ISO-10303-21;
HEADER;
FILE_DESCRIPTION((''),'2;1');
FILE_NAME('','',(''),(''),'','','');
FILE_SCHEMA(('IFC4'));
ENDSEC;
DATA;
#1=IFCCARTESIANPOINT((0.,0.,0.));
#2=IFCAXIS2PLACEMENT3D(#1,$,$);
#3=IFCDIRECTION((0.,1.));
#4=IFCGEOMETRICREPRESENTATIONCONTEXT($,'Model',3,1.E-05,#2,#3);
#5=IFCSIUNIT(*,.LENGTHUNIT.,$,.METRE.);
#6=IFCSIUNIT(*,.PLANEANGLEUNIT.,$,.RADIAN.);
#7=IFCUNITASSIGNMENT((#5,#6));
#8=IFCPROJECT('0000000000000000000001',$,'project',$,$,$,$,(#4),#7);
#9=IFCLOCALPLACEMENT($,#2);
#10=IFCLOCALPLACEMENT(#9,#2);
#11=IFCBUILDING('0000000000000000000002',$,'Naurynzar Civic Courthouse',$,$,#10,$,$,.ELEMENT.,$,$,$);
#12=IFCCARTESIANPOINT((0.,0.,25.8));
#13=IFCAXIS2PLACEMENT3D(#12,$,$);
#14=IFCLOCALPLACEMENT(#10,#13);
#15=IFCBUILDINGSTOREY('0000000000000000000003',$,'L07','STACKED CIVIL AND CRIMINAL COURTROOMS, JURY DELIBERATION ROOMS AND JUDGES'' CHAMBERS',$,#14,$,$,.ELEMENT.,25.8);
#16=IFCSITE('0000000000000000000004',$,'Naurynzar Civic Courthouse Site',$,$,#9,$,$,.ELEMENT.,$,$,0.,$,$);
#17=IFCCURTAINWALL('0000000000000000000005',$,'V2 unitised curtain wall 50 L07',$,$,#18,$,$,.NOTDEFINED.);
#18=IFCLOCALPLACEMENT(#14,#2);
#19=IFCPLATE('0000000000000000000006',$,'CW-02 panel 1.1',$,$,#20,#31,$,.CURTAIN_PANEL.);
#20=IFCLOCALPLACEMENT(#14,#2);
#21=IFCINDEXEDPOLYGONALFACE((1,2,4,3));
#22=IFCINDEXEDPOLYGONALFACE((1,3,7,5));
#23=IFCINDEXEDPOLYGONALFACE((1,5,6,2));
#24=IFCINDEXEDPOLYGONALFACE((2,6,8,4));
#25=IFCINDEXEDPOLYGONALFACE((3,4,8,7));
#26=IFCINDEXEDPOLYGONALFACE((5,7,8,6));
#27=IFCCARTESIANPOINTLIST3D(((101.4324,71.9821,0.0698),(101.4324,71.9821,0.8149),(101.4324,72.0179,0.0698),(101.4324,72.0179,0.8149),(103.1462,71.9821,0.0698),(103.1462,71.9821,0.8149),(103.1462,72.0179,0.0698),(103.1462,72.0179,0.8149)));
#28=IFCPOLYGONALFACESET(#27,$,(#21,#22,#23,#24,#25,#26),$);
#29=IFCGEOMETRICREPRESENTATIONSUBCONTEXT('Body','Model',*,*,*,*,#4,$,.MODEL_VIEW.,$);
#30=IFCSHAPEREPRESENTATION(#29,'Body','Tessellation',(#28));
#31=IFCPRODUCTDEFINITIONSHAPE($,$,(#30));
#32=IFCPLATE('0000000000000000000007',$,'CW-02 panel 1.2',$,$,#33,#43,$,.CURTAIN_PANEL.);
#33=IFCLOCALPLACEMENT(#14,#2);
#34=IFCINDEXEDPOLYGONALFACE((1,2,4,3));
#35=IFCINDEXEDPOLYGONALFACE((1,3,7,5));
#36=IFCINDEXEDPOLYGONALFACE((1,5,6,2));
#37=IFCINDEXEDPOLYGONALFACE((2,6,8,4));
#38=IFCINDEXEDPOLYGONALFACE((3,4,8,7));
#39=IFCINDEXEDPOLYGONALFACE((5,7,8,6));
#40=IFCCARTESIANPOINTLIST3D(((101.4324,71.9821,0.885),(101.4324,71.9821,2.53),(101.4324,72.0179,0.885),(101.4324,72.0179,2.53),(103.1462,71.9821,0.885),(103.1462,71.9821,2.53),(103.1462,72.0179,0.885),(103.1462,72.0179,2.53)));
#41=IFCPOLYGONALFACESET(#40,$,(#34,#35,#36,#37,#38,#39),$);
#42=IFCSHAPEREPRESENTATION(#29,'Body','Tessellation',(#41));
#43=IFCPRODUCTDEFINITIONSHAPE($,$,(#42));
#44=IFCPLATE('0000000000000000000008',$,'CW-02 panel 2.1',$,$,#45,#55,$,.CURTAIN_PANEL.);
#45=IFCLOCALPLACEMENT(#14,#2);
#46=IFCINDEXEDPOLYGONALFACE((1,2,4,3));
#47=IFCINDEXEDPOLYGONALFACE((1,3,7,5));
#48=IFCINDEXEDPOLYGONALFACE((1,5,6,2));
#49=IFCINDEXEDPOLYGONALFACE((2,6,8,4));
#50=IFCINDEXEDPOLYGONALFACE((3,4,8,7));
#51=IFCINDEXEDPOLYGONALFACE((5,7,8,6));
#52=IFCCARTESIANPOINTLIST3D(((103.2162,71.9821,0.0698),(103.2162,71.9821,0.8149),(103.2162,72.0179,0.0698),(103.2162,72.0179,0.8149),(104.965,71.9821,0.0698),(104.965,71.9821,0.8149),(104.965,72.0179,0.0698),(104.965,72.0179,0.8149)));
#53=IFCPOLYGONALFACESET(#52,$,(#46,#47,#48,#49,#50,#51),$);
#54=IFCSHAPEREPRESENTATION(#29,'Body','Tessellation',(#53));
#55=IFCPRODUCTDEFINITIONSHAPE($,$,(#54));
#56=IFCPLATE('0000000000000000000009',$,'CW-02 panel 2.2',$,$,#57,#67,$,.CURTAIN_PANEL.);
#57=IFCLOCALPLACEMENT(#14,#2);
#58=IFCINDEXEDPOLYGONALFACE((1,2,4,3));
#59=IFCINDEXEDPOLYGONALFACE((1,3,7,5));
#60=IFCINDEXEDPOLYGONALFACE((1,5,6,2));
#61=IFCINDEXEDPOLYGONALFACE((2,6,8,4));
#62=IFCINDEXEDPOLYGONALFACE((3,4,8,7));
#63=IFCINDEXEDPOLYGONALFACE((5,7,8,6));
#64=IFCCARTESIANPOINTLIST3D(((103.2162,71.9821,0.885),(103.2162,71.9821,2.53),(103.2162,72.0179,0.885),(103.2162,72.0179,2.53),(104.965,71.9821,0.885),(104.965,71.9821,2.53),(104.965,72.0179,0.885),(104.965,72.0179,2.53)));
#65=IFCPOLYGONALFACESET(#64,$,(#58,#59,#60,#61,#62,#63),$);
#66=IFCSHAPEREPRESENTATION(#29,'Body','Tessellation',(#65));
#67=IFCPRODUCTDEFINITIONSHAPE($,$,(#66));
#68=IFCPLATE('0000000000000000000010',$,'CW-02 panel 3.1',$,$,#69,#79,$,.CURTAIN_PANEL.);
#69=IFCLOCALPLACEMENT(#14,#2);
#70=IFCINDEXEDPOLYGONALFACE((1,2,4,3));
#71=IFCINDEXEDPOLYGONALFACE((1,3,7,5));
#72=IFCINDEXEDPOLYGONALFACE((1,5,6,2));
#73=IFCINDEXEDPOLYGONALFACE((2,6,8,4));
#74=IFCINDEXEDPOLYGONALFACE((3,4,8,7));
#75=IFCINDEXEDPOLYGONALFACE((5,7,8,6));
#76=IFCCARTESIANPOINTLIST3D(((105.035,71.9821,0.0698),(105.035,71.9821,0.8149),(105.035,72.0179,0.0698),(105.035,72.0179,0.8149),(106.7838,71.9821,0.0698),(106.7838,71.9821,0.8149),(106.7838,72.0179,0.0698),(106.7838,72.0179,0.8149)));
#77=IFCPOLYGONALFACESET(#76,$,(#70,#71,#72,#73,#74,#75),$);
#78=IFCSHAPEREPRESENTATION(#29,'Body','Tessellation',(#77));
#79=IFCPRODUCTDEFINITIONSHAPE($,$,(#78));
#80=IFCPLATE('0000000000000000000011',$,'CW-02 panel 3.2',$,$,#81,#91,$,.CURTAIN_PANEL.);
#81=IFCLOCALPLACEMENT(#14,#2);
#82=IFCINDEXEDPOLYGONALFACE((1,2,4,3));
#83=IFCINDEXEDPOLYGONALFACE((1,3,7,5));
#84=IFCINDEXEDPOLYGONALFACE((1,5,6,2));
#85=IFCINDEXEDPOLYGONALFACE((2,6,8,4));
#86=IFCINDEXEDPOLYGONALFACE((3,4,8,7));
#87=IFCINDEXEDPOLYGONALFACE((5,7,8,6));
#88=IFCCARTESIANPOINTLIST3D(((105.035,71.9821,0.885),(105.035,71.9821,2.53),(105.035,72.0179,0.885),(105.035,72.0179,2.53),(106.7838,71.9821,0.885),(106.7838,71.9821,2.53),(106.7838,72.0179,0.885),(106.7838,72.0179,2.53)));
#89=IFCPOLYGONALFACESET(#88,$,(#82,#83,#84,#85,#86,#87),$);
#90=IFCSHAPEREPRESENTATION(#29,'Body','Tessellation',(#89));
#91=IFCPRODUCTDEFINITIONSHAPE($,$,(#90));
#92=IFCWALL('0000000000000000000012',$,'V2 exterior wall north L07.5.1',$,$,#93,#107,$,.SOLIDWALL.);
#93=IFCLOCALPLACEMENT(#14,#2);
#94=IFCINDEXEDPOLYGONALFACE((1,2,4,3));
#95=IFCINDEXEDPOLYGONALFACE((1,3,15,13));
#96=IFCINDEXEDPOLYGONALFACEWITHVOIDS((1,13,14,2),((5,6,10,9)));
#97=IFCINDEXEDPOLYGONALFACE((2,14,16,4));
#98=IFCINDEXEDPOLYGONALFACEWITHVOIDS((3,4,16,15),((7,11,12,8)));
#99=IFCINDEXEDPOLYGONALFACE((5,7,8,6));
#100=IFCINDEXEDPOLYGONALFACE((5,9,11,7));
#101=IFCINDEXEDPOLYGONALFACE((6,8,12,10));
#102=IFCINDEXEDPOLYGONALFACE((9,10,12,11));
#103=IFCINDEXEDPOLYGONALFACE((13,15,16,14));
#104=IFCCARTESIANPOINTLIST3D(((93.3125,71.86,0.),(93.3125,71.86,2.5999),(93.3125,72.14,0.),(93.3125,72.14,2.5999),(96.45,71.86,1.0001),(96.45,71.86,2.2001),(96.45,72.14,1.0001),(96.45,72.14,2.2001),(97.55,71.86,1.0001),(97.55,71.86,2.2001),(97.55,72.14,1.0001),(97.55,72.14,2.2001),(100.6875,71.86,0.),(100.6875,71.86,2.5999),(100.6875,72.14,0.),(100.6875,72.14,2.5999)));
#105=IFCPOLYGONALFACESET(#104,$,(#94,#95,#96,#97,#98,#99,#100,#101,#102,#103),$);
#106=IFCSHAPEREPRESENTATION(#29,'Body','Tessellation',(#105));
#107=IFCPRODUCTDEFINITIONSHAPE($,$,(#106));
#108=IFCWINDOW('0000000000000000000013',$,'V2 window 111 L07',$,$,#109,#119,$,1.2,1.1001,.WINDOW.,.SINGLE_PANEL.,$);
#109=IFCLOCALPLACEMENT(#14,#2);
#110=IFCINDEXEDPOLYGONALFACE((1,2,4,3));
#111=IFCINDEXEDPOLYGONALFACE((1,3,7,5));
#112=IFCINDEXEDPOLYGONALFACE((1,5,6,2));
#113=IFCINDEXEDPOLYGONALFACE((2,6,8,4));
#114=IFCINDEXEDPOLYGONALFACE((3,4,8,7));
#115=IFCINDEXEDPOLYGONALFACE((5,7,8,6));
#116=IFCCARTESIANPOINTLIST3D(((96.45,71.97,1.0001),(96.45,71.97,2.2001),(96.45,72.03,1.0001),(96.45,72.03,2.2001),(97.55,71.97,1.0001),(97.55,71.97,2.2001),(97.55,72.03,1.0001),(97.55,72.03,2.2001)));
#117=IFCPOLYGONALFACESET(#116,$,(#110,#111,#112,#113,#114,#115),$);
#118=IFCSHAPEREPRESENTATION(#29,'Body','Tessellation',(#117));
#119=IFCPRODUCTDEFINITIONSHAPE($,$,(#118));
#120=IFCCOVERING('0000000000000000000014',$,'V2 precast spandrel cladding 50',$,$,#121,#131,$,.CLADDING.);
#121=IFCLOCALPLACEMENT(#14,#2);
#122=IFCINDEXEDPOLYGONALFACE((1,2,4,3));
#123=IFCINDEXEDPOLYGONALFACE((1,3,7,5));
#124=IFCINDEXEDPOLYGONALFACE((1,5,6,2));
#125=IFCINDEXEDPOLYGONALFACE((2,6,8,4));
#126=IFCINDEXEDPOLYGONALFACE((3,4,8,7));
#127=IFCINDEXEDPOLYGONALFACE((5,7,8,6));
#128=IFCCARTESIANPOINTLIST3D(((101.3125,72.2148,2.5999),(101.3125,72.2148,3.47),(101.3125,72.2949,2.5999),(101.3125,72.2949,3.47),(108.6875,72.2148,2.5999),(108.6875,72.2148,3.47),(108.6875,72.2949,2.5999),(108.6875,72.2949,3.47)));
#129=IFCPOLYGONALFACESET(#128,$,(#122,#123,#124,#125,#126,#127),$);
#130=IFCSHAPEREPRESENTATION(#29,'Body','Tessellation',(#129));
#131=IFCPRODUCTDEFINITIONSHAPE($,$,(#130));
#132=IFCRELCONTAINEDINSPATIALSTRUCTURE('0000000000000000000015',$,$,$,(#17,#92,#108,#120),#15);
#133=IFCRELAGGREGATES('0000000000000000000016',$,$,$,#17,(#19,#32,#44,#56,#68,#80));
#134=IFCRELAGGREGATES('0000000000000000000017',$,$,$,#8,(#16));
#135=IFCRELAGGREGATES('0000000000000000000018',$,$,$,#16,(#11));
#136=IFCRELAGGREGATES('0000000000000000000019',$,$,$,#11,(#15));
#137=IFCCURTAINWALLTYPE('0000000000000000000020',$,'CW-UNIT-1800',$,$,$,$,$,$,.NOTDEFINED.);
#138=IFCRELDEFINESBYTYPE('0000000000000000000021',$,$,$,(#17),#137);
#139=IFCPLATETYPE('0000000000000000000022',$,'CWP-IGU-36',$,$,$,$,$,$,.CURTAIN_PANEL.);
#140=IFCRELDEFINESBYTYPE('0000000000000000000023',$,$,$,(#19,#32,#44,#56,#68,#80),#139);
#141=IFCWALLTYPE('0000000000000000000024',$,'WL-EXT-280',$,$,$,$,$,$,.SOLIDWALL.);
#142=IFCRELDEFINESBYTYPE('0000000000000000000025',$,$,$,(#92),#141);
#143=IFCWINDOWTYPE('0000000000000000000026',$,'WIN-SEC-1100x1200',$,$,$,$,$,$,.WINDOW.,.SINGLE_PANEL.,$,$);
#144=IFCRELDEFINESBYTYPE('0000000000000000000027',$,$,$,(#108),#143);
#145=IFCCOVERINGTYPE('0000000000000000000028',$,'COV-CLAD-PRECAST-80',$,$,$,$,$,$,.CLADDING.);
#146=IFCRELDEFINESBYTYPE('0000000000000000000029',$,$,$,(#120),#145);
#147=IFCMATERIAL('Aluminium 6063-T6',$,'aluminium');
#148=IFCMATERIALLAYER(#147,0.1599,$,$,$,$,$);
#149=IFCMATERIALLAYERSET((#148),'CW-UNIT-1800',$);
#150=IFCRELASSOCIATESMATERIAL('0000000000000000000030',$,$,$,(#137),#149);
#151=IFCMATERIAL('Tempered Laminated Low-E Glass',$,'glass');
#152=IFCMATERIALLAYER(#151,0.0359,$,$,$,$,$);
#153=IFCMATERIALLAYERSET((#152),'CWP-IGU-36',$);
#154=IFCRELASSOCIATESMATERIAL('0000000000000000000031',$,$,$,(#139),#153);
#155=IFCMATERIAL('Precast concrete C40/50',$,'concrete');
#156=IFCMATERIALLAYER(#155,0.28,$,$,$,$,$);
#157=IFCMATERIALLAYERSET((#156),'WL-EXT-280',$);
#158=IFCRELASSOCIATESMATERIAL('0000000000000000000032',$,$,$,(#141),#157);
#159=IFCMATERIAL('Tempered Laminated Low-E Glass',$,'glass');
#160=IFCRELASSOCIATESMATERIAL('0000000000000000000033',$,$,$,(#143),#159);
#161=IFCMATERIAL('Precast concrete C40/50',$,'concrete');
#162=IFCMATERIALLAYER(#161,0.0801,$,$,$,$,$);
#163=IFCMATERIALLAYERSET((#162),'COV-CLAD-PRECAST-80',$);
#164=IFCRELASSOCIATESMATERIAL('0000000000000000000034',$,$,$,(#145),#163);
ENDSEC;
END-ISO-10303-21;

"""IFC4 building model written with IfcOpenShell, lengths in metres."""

from ifc_helpers import new_model, si_unit, direction, frame, frame_2d, origin, origin_2d, place, context, subcontext, project, spatial, rectangle, extrude, material, layer, layer_set, type_object, element, fill, aggregate, save


model = new_model("IFC4")

# Units and contexts
model_context = context("Model", 3, precision=1e-05, world=origin(), true_north=direction((0.0, 1.0)))
body_context = subcontext(model_context, "Body", "Model", "MODEL_VIEW")
ifc_project = project(units=[si_unit("LENGTHUNIT", "METRE"), si_unit("PLANEANGLEUNIT", "RADIAN")], contexts=[model_context])

# Site, building, storey
site_placement = place(None, origin())
site = spatial("IfcSite", under=ifc_project, at=site_placement, Name="Naurynzar Civic Courthouse Site", CompositionType="ELEMENT", RefElevation=0.0)
building_placement = place(site_placement, origin())
building = spatial("IfcBuilding", under=site, at=building_placement, Name="Naurynzar Civic Courthouse", CompositionType="ELEMENT")
storey_placement = place(building_placement, frame((0.0, 0.0, 25.8)))
storey = spatial("IfcBuildingStorey", under=building, at=storey_placement, Name="L07", Description="STACKED CIVIL AND CRIMINAL COURTROOMS, JURY DELIBERATION ROOMS AND JUDGES' CHAMBERS", CompositionType="ELEMENT", Elevation=25.8)

# Curtain wall, plates
ifc_material_1 = material(Name="Aluminium 6063-T6", Category="aluminium")
ifc_layer_1 = layer(ifc_material_1, 0.1599)
ifc_layer_set_1 = layer_set([ifc_layer_1], Name="CW-UNIT-1800")
curtain_wall_type = type_object("IfcCurtainWallType", Name="CW-UNIT-1800", PredefinedType="NOTDEFINED", material=ifc_layer_set_1)
curtain_wall_placement = place(storey_placement, origin())
curtain_wall = element("IfcCurtainWall", 1, at=curtain_wall_placement, inside=storey, type_object=curtain_wall_type, Name="V2 unitised curtain wall 50 L07", PredefinedType="NOTDEFINED")
ifc_material_2 = material(Name="Tempered Laminated Low-E Glass", Category="glass")
ifc_layer_2 = layer(ifc_material_2, 0.0359)
ifc_layer_set_2 = layer_set([ifc_layer_2], Name="CWP-IGU-36")
plate_type = type_object("IfcPlateType", Name="CWP-IGU-36", PredefinedType="CURTAIN_PANEL", material=ifc_layer_set_2)
plate_1_placement = place(storey_placement, frame((102.2893, 72.0, 0.0698), z_axis=(0.0, 0.0, 1.0), x_axis=(1.0, 0.0, 0.0)))
plate_1 = element("IfcPlate", 2, at=plate_1_placement, type_object=plate_type, Name="CW-02 panel 1.1", PredefinedType="CURTAIN_PANEL", context=body_context, shape_type="SweptSolid", body=[
    extrude(rectangle(XDim=1.7139, YDim=0.0359, at=origin_2d()), origin(), (0.0, 0.0, 1.0), 0.7451),
])
plate_2_placement = place(storey_placement, frame((102.2893, 72.0, 0.885), z_axis=(0.0, 0.0, 1.0), x_axis=(1.0, 0.0, 0.0)))
plate_2 = element("IfcPlate", 3, at=plate_2_placement, type_object=plate_type, Name="CW-02 panel 1.2", PredefinedType="CURTAIN_PANEL", context=body_context, shape_type="SweptSolid", body=[
    extrude(rectangle(XDim=1.7139, YDim=0.0359, at=origin_2d()), origin(), (0.0, 0.0, 1.0), 1.645),
])
plate_3_placement = place(storey_placement, frame((104.0906, 72.0, 0.0698), z_axis=(0.0, 0.0, 1.0), x_axis=(1.0, 0.0, 0.0)))
plate_3 = element("IfcPlate", 4, at=plate_3_placement, type_object=plate_type, Name="CW-02 panel 2.1", PredefinedType="CURTAIN_PANEL", context=body_context, shape_type="SweptSolid", body=[
    extrude(rectangle(XDim=1.7488, YDim=0.0359, at=origin_2d()), origin(), (0.0, 0.0, 1.0), 0.7451),
])
plate_4_placement = place(storey_placement, frame((104.0906, 72.0, 0.885), z_axis=(0.0, 0.0, 1.0), x_axis=(1.0, 0.0, 0.0)))
plate_4 = element("IfcPlate", 5, at=plate_4_placement, type_object=plate_type, Name="CW-02 panel 2.2", PredefinedType="CURTAIN_PANEL", context=body_context, shape_type="SweptSolid", body=[
    extrude(rectangle(XDim=1.7488, YDim=0.0359, at=origin_2d()), origin(), (0.0, 0.0, 1.0), 1.645),
])
plate_5_placement = place(storey_placement, frame((105.9094, 72.0, 0.0698), z_axis=(0.0, 0.0, 1.0), x_axis=(1.0, 0.0, 0.0)))
plate_5 = element("IfcPlate", 6, at=plate_5_placement, type_object=plate_type, Name="CW-02 panel 3.1", PredefinedType="CURTAIN_PANEL", context=body_context, shape_type="SweptSolid", body=[
    extrude(rectangle(XDim=1.7488, YDim=0.0359, at=origin_2d()), origin(), (0.0, 0.0, 1.0), 0.7451),
])
plate_6_placement = place(storey_placement, frame((105.9094, 72.0, 0.885), z_axis=(0.0, 0.0, 1.0), x_axis=(1.0, 0.0, 0.0)))
plate_6 = element("IfcPlate", 7, at=plate_6_placement, type_object=plate_type, Name="CW-02 panel 3.2", PredefinedType="CURTAIN_PANEL", context=body_context, shape_type="SweptSolid", body=[
    extrude(rectangle(XDim=1.7488, YDim=0.0359, at=origin_2d()), origin(), (0.0, 0.0, 1.0), 1.645),
])
aggregate(curtain_wall, [plate_1, plate_2, plate_3, plate_4, plate_5, plate_6])

# Wall, opening, window
ifc_material_3 = material(Name="Precast concrete C40/50", Category="concrete")
ifc_layer_3 = layer(ifc_material_3, 0.28)
ifc_layer_set_3 = layer_set([ifc_layer_3], Name="WL-EXT-280")
wall_type = type_object("IfcWallType", Name="WL-EXT-280", PredefinedType="SOLIDWALL", material=ifc_layer_set_3)
wall_placement = place(storey_placement, frame((93.3125, 72.0, 0.0), z_axis=(0.0, 0.0, 1.0), x_axis=(1.0, 0.0, 0.0)))
wall = element("IfcWall", 8, at=wall_placement, inside=storey, type_object=wall_type, Name="V2 exterior wall north L07.5.1", PredefinedType="SOLIDWALL", context=body_context, shape_type="SweptSolid", body=[
    extrude(rectangle(XDim=7.375, YDim=0.28, at=frame_2d((3.6875, 0.0))), origin(), (0.0, 0.0, 1.0), 2.5999),
])
opening_placement = place(wall_placement, frame((3.1375, 0.0, 1.0)))
opening = element("IfcOpeningElement", 9, at=opening_placement, cuts=wall, PredefinedType="OPENING", context=body_context, shape_type="SweptSolid", body=[
    extrude(rectangle(XDim=1.1001, YDim=1.2, at=frame_2d((0.55, 0.6001))), frame((0.0, 0.1499, 0.0), z_axis=(0.0, -1.0, 0.0), x_axis=(1.0, 0.0, 0.0)), (0.0, 0.0, 1.0), 0.3),
])
ifc_material_4 = material(Name="Tempered Laminated Low-E Glass", Category="glass")
window_type = type_object("IfcWindowType", Name="WIN-SEC-1100x1200", PartitioningType="SINGLE_PANEL", PredefinedType="WINDOW", material=ifc_material_4)
window_placement = place(opening_placement, origin())
window = element("IfcWindow", 10, at=window_placement, inside=storey, type_object=window_type, Name="V2 window 111 L07", OverallHeight=1.2, OverallWidth=1.1001, PartitioningType="SINGLE_PANEL", PredefinedType="WINDOW", context=body_context, shape_type="SweptSolid", body=[
    extrude(rectangle(XDim=1.1001, YDim=1.2, at=frame_2d((0.55, 0.6001))), frame((0.0, 0.03, 0.0), z_axis=(0.0, -1.0, 0.0), x_axis=(1.0, 0.0, 0.0)), (0.0, 0.0, 1.0), 0.0601),
])
fill(opening, window)

# Covering
ifc_material_5 = material(Name="Precast concrete C40/50", Category="concrete")
ifc_layer_4 = layer(ifc_material_5, 0.0801)
ifc_layer_set_4 = layer_set([ifc_layer_4], Name="COV-CLAD-PRECAST-80")
covering_type = type_object("IfcCoveringType", Name="COV-CLAD-PRECAST-80", PredefinedType="CLADDING", material=ifc_layer_set_4)
covering_placement = place(storey_placement, frame((105.0, 72.2549, 2.5999), z_axis=(0.0, 0.0, 1.0), x_axis=(1.0, 0.0, 0.0)))
element("IfcCovering", 11, at=covering_placement, inside=storey, type_object=covering_type, Name="V2 precast spandrel cladding 50", PredefinedType="CLADDING", context=body_context, shape_type="SweptSolid", body=[
    extrude(rectangle(XDim=7.375, YDim=0.0801, at=origin_2d()), origin(), (0.0, 0.0, 1.0), 0.8701),
])

save(model, "model.ifc")
